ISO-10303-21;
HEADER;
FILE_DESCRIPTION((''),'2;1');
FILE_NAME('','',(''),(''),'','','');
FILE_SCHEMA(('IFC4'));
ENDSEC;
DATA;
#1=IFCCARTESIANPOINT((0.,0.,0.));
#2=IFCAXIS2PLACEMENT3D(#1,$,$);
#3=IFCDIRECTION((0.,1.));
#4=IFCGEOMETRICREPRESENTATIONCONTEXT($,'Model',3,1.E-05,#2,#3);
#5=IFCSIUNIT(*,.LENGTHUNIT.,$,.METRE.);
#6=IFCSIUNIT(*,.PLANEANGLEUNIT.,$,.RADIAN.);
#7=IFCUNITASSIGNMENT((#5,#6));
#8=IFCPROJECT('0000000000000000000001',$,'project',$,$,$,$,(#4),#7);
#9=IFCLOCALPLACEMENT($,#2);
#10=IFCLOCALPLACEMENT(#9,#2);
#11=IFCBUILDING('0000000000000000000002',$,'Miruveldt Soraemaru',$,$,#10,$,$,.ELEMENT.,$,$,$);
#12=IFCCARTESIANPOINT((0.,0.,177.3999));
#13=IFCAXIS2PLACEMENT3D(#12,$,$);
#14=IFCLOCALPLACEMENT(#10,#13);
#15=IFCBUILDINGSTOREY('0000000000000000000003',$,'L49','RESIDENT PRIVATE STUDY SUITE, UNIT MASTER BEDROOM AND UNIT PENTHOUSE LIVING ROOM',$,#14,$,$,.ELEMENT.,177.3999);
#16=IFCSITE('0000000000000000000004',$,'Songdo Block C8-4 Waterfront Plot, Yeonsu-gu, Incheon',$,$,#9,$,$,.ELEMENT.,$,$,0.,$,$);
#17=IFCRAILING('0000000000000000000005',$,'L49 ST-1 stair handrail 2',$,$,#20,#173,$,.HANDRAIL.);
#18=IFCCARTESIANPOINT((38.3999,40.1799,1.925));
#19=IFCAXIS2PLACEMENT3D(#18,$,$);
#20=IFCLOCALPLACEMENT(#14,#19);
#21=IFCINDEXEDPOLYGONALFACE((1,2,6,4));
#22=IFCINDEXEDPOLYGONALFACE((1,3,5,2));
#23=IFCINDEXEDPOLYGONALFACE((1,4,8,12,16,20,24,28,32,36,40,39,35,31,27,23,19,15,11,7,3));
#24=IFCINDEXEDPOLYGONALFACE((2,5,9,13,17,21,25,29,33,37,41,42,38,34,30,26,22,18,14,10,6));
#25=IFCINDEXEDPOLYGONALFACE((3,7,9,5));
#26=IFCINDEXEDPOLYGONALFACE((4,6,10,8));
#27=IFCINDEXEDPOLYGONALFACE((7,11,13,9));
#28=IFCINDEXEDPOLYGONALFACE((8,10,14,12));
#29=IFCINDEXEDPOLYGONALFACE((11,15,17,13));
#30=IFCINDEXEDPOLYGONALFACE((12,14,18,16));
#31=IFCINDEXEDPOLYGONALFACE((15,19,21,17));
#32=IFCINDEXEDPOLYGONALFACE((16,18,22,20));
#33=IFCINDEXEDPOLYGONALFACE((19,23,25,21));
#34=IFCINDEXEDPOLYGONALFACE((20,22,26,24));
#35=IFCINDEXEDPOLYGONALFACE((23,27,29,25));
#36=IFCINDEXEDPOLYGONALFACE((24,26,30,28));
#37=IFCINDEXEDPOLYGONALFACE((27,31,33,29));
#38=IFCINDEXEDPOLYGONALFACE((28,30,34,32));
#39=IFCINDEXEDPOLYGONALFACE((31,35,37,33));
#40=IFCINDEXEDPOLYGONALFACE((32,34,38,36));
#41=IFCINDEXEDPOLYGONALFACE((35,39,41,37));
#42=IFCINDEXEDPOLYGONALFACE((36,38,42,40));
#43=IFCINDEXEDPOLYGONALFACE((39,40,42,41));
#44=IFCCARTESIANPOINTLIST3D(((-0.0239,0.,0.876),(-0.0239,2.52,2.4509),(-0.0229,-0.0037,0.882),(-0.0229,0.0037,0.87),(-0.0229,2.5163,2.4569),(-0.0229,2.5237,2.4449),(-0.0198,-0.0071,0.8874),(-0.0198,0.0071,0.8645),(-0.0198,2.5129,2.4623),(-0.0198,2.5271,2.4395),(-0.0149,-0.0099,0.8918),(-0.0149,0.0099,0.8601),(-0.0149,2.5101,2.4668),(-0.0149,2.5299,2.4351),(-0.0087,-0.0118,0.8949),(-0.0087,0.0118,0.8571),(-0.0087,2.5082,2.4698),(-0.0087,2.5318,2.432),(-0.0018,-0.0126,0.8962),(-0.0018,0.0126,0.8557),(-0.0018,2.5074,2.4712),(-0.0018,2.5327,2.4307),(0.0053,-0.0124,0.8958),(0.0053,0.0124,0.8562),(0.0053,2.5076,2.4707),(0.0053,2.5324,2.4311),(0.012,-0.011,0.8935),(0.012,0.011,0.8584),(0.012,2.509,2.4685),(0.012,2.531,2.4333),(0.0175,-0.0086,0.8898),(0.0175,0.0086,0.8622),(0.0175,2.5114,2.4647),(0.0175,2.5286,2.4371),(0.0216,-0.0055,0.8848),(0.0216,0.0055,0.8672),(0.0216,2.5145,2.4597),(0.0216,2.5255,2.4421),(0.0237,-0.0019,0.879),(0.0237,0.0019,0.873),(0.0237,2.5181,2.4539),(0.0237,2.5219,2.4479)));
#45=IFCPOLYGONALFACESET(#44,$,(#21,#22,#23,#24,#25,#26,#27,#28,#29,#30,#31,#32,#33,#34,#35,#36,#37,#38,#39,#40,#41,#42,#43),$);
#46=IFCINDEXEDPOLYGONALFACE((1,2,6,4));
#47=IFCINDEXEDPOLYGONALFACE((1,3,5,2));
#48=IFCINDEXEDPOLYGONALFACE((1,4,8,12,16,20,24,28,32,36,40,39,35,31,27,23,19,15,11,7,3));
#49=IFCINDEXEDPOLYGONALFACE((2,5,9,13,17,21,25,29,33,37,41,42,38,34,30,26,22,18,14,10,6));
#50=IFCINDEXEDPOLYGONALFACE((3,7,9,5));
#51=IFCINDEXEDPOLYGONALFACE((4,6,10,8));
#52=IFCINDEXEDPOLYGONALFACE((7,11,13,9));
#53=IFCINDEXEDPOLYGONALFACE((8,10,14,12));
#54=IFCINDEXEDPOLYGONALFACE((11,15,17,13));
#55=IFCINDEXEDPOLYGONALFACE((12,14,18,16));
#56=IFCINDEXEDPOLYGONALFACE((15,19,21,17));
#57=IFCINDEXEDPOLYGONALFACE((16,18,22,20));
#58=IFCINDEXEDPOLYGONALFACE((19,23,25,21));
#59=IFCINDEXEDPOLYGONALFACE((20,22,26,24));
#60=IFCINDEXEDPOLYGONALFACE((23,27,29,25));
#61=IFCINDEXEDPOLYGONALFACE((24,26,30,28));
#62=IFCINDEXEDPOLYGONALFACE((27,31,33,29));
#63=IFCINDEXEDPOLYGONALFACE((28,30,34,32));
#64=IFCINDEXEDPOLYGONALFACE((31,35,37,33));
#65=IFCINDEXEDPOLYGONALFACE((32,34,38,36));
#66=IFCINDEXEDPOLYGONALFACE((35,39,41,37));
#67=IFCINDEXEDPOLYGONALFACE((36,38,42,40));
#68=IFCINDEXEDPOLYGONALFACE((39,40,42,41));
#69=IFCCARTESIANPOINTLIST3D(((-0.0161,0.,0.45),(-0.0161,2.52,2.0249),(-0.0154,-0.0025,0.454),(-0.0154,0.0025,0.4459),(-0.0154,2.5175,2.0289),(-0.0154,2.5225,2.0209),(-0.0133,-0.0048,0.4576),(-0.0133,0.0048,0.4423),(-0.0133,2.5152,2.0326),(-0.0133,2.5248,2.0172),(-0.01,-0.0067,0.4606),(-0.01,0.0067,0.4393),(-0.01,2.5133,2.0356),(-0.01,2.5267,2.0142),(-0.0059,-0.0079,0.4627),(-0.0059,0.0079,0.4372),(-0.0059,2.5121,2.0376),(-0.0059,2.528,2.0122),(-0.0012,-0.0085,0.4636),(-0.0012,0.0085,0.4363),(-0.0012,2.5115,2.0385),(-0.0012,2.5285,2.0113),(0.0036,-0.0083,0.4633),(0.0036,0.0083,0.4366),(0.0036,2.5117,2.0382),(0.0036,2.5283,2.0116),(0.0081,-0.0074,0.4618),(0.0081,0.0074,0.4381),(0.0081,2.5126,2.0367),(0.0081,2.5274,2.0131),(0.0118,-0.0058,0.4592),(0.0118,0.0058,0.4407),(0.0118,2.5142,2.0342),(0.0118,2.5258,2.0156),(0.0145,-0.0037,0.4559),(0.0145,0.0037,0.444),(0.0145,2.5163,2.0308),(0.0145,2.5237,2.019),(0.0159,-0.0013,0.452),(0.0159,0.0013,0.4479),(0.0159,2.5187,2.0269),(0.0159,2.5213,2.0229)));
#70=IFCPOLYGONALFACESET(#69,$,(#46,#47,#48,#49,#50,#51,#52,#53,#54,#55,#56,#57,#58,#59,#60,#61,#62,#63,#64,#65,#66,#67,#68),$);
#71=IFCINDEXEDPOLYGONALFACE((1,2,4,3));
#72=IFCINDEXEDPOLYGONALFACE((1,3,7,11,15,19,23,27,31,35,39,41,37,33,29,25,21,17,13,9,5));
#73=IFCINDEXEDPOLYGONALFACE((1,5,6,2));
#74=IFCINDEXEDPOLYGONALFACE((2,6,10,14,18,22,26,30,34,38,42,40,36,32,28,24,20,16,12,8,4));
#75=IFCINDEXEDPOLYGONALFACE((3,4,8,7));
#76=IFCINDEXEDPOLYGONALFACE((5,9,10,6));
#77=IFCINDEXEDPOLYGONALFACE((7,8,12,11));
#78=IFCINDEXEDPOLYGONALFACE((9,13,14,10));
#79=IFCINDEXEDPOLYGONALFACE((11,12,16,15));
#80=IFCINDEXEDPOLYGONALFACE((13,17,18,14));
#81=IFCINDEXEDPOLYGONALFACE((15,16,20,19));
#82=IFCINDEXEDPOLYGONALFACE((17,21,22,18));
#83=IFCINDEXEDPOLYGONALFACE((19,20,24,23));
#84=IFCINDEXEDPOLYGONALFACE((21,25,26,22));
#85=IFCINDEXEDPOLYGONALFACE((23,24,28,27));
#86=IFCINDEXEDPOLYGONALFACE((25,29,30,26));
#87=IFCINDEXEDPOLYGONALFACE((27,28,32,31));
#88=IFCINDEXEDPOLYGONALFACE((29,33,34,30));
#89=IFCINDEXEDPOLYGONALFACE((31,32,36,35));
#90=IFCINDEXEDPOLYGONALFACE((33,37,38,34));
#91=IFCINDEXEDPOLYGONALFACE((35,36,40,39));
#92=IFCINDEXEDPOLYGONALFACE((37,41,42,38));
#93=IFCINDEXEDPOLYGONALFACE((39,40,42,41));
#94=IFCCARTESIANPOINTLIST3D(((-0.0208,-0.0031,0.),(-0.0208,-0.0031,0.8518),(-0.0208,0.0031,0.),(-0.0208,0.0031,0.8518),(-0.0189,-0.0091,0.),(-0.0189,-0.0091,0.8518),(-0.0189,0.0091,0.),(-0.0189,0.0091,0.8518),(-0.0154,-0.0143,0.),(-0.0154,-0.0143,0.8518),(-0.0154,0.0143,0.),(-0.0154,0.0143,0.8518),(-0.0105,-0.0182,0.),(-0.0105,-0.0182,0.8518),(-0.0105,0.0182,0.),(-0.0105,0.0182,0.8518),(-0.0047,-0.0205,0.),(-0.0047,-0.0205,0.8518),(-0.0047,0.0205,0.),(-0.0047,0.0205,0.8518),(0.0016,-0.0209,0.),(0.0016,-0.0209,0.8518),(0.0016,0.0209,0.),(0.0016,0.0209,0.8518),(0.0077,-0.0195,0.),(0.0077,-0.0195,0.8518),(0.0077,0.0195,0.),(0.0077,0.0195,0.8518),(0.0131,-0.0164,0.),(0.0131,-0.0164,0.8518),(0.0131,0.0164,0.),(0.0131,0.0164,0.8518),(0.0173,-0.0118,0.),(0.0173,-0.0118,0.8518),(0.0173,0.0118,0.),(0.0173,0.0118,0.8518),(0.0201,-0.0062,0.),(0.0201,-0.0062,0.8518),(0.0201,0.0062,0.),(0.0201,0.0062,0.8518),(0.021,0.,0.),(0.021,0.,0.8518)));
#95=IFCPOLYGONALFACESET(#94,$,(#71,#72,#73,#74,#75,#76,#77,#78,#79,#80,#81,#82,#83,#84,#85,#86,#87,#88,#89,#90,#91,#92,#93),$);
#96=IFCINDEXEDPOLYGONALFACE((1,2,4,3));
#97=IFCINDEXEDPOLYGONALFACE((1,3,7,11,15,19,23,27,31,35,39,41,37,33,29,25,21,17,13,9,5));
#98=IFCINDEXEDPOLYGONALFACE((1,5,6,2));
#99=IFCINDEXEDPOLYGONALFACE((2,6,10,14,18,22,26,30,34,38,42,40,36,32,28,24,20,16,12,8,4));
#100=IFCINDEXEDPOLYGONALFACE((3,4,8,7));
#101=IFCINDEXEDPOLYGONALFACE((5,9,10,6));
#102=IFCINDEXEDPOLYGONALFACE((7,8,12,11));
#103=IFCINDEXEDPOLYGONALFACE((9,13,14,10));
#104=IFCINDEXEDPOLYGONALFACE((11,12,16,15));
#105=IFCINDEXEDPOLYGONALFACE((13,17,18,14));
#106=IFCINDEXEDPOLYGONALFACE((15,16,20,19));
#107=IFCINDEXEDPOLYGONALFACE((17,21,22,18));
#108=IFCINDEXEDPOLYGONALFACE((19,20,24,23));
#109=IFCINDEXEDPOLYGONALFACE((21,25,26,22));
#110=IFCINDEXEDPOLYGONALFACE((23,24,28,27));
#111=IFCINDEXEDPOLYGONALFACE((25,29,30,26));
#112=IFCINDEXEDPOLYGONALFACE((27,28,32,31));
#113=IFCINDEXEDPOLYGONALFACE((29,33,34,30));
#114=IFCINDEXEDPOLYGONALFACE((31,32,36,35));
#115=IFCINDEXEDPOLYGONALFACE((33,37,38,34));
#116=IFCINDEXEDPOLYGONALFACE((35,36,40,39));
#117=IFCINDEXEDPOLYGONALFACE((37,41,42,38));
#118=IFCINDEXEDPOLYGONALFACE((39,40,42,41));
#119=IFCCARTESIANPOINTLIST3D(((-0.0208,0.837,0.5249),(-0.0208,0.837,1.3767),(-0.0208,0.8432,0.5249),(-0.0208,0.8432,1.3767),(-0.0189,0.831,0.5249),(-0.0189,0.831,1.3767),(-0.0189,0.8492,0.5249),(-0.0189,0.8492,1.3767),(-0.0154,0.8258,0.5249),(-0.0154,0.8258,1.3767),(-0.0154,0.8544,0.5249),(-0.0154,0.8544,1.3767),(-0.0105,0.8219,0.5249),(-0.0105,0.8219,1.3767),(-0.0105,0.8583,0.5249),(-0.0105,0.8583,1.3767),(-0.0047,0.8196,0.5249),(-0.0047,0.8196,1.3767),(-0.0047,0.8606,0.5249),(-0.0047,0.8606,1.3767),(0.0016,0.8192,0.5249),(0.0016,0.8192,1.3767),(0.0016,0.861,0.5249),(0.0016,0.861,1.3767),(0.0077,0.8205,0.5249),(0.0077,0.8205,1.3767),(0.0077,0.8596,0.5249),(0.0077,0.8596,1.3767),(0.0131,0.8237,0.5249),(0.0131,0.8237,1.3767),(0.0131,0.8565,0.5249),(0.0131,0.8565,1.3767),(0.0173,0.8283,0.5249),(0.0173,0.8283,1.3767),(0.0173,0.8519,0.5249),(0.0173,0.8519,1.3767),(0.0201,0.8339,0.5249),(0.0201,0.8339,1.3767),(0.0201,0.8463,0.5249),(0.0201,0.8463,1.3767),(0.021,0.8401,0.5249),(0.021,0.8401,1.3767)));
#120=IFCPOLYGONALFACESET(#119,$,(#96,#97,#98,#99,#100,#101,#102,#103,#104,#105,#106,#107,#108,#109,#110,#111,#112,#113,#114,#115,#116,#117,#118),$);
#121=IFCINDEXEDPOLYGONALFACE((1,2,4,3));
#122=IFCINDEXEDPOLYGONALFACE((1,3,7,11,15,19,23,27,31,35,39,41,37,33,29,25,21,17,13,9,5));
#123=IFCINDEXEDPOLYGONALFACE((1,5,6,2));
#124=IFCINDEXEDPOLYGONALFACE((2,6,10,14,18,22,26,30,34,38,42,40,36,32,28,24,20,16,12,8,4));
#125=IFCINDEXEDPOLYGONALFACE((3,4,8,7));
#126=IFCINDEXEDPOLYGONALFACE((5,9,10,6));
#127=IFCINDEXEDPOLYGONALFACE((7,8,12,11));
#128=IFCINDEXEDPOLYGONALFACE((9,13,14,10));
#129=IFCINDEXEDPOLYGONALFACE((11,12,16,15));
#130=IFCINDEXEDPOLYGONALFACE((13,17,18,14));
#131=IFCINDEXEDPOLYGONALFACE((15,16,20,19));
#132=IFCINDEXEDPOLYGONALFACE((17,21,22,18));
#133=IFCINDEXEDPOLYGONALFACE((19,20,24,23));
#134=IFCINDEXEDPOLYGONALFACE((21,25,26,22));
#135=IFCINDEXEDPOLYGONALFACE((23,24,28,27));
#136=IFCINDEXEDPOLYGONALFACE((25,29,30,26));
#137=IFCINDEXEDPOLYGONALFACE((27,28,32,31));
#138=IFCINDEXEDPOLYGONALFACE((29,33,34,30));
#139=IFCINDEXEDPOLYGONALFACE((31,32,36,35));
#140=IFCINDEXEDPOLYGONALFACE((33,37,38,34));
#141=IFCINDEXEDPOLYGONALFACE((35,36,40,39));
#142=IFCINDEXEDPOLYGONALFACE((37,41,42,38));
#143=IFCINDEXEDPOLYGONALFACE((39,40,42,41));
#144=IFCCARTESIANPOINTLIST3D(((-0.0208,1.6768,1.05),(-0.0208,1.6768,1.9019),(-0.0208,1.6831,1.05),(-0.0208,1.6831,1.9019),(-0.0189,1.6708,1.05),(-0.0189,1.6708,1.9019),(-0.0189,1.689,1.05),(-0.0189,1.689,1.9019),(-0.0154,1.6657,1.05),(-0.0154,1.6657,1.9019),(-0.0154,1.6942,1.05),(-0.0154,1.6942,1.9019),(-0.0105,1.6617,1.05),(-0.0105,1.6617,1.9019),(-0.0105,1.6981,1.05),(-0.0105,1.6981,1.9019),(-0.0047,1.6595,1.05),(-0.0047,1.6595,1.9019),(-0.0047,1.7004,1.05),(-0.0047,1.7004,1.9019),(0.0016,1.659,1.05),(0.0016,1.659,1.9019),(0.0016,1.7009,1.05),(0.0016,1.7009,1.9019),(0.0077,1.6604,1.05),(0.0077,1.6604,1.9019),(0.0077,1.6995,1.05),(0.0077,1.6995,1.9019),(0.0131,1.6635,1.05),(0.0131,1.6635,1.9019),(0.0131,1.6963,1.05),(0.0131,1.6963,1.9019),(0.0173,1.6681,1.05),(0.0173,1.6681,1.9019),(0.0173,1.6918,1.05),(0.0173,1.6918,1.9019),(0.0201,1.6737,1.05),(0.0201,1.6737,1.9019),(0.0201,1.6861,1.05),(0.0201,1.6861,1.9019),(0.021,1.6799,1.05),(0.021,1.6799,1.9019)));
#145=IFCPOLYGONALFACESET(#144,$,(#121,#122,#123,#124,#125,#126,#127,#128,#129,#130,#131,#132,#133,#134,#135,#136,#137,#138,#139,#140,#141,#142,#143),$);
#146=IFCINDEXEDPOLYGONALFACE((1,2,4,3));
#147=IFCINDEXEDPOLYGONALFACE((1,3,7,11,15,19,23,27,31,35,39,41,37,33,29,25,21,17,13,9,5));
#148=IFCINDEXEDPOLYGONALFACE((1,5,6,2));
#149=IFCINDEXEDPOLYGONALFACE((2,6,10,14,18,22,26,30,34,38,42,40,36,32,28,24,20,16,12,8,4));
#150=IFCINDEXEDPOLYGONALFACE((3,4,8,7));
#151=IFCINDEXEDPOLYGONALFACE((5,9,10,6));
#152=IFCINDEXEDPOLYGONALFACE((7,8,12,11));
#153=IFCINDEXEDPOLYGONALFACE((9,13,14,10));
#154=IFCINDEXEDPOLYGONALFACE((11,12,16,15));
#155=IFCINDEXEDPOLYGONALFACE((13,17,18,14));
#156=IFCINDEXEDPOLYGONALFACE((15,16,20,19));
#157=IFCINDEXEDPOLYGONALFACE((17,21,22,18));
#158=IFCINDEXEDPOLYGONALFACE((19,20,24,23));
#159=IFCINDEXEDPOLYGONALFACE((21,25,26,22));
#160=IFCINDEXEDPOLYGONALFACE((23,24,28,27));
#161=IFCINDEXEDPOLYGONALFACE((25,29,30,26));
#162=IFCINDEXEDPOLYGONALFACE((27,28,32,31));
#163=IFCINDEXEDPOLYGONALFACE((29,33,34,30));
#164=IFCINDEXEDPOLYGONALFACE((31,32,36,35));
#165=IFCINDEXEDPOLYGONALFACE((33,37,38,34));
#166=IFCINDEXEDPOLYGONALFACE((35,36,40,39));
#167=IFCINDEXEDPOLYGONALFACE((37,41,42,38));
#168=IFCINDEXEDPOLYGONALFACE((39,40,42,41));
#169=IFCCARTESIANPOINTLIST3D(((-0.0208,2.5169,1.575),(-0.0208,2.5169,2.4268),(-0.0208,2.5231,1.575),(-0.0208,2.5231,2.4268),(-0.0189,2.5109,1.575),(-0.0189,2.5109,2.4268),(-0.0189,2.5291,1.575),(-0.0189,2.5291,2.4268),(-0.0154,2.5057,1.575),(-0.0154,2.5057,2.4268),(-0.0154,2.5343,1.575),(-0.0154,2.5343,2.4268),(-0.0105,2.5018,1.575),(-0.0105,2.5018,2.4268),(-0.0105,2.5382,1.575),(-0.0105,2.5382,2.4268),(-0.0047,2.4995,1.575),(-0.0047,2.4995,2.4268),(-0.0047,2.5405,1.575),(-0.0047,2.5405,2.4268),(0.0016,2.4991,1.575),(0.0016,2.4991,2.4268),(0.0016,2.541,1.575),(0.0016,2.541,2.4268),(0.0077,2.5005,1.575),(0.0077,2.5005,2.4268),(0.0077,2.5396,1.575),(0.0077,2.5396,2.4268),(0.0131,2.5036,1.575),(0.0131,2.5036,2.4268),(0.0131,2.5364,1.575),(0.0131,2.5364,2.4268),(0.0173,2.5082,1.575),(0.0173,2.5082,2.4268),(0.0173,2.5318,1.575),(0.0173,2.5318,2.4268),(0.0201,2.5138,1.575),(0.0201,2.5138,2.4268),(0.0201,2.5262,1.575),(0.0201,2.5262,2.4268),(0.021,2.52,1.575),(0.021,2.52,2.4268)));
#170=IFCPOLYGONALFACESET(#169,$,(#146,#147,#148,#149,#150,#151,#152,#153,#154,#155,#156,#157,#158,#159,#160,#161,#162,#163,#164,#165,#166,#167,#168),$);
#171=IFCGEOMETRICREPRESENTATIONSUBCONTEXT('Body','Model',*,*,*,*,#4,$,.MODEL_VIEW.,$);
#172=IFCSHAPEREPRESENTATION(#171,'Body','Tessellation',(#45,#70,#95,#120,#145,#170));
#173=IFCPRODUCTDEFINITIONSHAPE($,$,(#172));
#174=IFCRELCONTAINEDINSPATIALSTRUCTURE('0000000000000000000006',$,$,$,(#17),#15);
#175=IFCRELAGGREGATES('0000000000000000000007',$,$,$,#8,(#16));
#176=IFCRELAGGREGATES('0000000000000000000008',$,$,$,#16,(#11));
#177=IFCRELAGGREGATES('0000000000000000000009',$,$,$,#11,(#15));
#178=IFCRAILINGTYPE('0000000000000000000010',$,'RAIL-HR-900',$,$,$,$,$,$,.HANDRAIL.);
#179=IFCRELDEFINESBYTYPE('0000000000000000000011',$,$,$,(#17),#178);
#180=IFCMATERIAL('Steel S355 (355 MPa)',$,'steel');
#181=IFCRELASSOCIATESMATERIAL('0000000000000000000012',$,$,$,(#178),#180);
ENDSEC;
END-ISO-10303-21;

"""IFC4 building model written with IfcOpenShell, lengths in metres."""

from ifc_helpers import new_model, si_unit, direction, frame, origin, origin_2d, place, context, subcontext, project, spatial, circle, extrude, material, type_object, element, save


model = new_model("IFC4")

# Units and contexts
model_context = context("Model", 3, precision=1e-05, world=origin(), true_north=direction((0.0, 1.0)))
body_context = subcontext(model_context, "Body", "Model", "MODEL_VIEW")
ifc_project = project(units=[si_unit("LENGTHUNIT", "METRE"), si_unit("PLANEANGLEUNIT", "RADIAN")], contexts=[model_context])

# Site, building, storey
site_placement = place(None, origin())
site = spatial("IfcSite", under=ifc_project, at=site_placement, Name="Songdo Block C8-4 Waterfront Plot, Yeonsu-gu, Incheon", CompositionType="ELEMENT", RefElevation=0.0)
building_placement = place(site_placement, origin())
building = spatial("IfcBuilding", under=site, at=building_placement, Name="Miruveldt Soraemaru", CompositionType="ELEMENT")
storey_placement = place(building_placement, frame((0.0, 0.0, 177.3999)))
storey = spatial("IfcBuildingStorey", under=building, at=storey_placement, Name="L49", Description="RESIDENT PRIVATE STUDY SUITE, UNIT MASTER BEDROOM AND UNIT PENTHOUSE LIVING ROOM", CompositionType="ELEMENT", Elevation=177.3999)

# Railing
ifc_material_1 = material(Name="Steel S355 (355 MPa)", Category="steel")
railing_type_1 = type_object("IfcRailingType", Name="RAIL-HR-900", PredefinedType="HANDRAIL", material=ifc_material_1)
railing_1_placement = place(storey_placement, frame((38.3999, 40.1799, 1.925)))
element("IfcRailing", 1, at=railing_1_placement, inside=storey, type_object=railing_type_1, Name="L49 ST-1 stair handrail 2", PredefinedType="HANDRAIL", context=body_context, shape_type="SweptSolid", body=[
    extrude(circle(Radius=0.0239, at=origin_2d()), frame((0.0, 0.0, 0.876), z_axis=(0.0, 0.848008, 0.529984), x_axis=(-1.0, 0.0, 0.0)), (0.0, 0.0, 1.0), 2.9717),
    extrude(circle(Radius=0.0161, at=origin_2d()), frame((0.0, 0.0, 0.45), z_axis=(0.0, 0.848008, 0.529984), x_axis=(-1.0, 0.0, 0.0)), (0.0, 0.0, 1.0), 2.9717),
    extrude(circle(Radius=0.021, at=origin_2d()), origin(), (0.0, 0.0, 1.0), 0.8518),
    extrude(circle(Radius=0.021, at=origin_2d()), frame((0.0, 0.8401, 0.5249)), (0.0, 0.0, 1.0), 0.8518),
    extrude(circle(Radius=0.021, at=origin_2d()), frame((0.0, 1.6799, 1.05)), (0.0, 0.0, 1.0), 0.8518),
    extrude(circle(Radius=0.021, at=origin_2d()), frame((0.0, 2.52, 1.575)), (0.0, 0.0, 1.0), 0.8518),
])

save(model, "model.ifc")
